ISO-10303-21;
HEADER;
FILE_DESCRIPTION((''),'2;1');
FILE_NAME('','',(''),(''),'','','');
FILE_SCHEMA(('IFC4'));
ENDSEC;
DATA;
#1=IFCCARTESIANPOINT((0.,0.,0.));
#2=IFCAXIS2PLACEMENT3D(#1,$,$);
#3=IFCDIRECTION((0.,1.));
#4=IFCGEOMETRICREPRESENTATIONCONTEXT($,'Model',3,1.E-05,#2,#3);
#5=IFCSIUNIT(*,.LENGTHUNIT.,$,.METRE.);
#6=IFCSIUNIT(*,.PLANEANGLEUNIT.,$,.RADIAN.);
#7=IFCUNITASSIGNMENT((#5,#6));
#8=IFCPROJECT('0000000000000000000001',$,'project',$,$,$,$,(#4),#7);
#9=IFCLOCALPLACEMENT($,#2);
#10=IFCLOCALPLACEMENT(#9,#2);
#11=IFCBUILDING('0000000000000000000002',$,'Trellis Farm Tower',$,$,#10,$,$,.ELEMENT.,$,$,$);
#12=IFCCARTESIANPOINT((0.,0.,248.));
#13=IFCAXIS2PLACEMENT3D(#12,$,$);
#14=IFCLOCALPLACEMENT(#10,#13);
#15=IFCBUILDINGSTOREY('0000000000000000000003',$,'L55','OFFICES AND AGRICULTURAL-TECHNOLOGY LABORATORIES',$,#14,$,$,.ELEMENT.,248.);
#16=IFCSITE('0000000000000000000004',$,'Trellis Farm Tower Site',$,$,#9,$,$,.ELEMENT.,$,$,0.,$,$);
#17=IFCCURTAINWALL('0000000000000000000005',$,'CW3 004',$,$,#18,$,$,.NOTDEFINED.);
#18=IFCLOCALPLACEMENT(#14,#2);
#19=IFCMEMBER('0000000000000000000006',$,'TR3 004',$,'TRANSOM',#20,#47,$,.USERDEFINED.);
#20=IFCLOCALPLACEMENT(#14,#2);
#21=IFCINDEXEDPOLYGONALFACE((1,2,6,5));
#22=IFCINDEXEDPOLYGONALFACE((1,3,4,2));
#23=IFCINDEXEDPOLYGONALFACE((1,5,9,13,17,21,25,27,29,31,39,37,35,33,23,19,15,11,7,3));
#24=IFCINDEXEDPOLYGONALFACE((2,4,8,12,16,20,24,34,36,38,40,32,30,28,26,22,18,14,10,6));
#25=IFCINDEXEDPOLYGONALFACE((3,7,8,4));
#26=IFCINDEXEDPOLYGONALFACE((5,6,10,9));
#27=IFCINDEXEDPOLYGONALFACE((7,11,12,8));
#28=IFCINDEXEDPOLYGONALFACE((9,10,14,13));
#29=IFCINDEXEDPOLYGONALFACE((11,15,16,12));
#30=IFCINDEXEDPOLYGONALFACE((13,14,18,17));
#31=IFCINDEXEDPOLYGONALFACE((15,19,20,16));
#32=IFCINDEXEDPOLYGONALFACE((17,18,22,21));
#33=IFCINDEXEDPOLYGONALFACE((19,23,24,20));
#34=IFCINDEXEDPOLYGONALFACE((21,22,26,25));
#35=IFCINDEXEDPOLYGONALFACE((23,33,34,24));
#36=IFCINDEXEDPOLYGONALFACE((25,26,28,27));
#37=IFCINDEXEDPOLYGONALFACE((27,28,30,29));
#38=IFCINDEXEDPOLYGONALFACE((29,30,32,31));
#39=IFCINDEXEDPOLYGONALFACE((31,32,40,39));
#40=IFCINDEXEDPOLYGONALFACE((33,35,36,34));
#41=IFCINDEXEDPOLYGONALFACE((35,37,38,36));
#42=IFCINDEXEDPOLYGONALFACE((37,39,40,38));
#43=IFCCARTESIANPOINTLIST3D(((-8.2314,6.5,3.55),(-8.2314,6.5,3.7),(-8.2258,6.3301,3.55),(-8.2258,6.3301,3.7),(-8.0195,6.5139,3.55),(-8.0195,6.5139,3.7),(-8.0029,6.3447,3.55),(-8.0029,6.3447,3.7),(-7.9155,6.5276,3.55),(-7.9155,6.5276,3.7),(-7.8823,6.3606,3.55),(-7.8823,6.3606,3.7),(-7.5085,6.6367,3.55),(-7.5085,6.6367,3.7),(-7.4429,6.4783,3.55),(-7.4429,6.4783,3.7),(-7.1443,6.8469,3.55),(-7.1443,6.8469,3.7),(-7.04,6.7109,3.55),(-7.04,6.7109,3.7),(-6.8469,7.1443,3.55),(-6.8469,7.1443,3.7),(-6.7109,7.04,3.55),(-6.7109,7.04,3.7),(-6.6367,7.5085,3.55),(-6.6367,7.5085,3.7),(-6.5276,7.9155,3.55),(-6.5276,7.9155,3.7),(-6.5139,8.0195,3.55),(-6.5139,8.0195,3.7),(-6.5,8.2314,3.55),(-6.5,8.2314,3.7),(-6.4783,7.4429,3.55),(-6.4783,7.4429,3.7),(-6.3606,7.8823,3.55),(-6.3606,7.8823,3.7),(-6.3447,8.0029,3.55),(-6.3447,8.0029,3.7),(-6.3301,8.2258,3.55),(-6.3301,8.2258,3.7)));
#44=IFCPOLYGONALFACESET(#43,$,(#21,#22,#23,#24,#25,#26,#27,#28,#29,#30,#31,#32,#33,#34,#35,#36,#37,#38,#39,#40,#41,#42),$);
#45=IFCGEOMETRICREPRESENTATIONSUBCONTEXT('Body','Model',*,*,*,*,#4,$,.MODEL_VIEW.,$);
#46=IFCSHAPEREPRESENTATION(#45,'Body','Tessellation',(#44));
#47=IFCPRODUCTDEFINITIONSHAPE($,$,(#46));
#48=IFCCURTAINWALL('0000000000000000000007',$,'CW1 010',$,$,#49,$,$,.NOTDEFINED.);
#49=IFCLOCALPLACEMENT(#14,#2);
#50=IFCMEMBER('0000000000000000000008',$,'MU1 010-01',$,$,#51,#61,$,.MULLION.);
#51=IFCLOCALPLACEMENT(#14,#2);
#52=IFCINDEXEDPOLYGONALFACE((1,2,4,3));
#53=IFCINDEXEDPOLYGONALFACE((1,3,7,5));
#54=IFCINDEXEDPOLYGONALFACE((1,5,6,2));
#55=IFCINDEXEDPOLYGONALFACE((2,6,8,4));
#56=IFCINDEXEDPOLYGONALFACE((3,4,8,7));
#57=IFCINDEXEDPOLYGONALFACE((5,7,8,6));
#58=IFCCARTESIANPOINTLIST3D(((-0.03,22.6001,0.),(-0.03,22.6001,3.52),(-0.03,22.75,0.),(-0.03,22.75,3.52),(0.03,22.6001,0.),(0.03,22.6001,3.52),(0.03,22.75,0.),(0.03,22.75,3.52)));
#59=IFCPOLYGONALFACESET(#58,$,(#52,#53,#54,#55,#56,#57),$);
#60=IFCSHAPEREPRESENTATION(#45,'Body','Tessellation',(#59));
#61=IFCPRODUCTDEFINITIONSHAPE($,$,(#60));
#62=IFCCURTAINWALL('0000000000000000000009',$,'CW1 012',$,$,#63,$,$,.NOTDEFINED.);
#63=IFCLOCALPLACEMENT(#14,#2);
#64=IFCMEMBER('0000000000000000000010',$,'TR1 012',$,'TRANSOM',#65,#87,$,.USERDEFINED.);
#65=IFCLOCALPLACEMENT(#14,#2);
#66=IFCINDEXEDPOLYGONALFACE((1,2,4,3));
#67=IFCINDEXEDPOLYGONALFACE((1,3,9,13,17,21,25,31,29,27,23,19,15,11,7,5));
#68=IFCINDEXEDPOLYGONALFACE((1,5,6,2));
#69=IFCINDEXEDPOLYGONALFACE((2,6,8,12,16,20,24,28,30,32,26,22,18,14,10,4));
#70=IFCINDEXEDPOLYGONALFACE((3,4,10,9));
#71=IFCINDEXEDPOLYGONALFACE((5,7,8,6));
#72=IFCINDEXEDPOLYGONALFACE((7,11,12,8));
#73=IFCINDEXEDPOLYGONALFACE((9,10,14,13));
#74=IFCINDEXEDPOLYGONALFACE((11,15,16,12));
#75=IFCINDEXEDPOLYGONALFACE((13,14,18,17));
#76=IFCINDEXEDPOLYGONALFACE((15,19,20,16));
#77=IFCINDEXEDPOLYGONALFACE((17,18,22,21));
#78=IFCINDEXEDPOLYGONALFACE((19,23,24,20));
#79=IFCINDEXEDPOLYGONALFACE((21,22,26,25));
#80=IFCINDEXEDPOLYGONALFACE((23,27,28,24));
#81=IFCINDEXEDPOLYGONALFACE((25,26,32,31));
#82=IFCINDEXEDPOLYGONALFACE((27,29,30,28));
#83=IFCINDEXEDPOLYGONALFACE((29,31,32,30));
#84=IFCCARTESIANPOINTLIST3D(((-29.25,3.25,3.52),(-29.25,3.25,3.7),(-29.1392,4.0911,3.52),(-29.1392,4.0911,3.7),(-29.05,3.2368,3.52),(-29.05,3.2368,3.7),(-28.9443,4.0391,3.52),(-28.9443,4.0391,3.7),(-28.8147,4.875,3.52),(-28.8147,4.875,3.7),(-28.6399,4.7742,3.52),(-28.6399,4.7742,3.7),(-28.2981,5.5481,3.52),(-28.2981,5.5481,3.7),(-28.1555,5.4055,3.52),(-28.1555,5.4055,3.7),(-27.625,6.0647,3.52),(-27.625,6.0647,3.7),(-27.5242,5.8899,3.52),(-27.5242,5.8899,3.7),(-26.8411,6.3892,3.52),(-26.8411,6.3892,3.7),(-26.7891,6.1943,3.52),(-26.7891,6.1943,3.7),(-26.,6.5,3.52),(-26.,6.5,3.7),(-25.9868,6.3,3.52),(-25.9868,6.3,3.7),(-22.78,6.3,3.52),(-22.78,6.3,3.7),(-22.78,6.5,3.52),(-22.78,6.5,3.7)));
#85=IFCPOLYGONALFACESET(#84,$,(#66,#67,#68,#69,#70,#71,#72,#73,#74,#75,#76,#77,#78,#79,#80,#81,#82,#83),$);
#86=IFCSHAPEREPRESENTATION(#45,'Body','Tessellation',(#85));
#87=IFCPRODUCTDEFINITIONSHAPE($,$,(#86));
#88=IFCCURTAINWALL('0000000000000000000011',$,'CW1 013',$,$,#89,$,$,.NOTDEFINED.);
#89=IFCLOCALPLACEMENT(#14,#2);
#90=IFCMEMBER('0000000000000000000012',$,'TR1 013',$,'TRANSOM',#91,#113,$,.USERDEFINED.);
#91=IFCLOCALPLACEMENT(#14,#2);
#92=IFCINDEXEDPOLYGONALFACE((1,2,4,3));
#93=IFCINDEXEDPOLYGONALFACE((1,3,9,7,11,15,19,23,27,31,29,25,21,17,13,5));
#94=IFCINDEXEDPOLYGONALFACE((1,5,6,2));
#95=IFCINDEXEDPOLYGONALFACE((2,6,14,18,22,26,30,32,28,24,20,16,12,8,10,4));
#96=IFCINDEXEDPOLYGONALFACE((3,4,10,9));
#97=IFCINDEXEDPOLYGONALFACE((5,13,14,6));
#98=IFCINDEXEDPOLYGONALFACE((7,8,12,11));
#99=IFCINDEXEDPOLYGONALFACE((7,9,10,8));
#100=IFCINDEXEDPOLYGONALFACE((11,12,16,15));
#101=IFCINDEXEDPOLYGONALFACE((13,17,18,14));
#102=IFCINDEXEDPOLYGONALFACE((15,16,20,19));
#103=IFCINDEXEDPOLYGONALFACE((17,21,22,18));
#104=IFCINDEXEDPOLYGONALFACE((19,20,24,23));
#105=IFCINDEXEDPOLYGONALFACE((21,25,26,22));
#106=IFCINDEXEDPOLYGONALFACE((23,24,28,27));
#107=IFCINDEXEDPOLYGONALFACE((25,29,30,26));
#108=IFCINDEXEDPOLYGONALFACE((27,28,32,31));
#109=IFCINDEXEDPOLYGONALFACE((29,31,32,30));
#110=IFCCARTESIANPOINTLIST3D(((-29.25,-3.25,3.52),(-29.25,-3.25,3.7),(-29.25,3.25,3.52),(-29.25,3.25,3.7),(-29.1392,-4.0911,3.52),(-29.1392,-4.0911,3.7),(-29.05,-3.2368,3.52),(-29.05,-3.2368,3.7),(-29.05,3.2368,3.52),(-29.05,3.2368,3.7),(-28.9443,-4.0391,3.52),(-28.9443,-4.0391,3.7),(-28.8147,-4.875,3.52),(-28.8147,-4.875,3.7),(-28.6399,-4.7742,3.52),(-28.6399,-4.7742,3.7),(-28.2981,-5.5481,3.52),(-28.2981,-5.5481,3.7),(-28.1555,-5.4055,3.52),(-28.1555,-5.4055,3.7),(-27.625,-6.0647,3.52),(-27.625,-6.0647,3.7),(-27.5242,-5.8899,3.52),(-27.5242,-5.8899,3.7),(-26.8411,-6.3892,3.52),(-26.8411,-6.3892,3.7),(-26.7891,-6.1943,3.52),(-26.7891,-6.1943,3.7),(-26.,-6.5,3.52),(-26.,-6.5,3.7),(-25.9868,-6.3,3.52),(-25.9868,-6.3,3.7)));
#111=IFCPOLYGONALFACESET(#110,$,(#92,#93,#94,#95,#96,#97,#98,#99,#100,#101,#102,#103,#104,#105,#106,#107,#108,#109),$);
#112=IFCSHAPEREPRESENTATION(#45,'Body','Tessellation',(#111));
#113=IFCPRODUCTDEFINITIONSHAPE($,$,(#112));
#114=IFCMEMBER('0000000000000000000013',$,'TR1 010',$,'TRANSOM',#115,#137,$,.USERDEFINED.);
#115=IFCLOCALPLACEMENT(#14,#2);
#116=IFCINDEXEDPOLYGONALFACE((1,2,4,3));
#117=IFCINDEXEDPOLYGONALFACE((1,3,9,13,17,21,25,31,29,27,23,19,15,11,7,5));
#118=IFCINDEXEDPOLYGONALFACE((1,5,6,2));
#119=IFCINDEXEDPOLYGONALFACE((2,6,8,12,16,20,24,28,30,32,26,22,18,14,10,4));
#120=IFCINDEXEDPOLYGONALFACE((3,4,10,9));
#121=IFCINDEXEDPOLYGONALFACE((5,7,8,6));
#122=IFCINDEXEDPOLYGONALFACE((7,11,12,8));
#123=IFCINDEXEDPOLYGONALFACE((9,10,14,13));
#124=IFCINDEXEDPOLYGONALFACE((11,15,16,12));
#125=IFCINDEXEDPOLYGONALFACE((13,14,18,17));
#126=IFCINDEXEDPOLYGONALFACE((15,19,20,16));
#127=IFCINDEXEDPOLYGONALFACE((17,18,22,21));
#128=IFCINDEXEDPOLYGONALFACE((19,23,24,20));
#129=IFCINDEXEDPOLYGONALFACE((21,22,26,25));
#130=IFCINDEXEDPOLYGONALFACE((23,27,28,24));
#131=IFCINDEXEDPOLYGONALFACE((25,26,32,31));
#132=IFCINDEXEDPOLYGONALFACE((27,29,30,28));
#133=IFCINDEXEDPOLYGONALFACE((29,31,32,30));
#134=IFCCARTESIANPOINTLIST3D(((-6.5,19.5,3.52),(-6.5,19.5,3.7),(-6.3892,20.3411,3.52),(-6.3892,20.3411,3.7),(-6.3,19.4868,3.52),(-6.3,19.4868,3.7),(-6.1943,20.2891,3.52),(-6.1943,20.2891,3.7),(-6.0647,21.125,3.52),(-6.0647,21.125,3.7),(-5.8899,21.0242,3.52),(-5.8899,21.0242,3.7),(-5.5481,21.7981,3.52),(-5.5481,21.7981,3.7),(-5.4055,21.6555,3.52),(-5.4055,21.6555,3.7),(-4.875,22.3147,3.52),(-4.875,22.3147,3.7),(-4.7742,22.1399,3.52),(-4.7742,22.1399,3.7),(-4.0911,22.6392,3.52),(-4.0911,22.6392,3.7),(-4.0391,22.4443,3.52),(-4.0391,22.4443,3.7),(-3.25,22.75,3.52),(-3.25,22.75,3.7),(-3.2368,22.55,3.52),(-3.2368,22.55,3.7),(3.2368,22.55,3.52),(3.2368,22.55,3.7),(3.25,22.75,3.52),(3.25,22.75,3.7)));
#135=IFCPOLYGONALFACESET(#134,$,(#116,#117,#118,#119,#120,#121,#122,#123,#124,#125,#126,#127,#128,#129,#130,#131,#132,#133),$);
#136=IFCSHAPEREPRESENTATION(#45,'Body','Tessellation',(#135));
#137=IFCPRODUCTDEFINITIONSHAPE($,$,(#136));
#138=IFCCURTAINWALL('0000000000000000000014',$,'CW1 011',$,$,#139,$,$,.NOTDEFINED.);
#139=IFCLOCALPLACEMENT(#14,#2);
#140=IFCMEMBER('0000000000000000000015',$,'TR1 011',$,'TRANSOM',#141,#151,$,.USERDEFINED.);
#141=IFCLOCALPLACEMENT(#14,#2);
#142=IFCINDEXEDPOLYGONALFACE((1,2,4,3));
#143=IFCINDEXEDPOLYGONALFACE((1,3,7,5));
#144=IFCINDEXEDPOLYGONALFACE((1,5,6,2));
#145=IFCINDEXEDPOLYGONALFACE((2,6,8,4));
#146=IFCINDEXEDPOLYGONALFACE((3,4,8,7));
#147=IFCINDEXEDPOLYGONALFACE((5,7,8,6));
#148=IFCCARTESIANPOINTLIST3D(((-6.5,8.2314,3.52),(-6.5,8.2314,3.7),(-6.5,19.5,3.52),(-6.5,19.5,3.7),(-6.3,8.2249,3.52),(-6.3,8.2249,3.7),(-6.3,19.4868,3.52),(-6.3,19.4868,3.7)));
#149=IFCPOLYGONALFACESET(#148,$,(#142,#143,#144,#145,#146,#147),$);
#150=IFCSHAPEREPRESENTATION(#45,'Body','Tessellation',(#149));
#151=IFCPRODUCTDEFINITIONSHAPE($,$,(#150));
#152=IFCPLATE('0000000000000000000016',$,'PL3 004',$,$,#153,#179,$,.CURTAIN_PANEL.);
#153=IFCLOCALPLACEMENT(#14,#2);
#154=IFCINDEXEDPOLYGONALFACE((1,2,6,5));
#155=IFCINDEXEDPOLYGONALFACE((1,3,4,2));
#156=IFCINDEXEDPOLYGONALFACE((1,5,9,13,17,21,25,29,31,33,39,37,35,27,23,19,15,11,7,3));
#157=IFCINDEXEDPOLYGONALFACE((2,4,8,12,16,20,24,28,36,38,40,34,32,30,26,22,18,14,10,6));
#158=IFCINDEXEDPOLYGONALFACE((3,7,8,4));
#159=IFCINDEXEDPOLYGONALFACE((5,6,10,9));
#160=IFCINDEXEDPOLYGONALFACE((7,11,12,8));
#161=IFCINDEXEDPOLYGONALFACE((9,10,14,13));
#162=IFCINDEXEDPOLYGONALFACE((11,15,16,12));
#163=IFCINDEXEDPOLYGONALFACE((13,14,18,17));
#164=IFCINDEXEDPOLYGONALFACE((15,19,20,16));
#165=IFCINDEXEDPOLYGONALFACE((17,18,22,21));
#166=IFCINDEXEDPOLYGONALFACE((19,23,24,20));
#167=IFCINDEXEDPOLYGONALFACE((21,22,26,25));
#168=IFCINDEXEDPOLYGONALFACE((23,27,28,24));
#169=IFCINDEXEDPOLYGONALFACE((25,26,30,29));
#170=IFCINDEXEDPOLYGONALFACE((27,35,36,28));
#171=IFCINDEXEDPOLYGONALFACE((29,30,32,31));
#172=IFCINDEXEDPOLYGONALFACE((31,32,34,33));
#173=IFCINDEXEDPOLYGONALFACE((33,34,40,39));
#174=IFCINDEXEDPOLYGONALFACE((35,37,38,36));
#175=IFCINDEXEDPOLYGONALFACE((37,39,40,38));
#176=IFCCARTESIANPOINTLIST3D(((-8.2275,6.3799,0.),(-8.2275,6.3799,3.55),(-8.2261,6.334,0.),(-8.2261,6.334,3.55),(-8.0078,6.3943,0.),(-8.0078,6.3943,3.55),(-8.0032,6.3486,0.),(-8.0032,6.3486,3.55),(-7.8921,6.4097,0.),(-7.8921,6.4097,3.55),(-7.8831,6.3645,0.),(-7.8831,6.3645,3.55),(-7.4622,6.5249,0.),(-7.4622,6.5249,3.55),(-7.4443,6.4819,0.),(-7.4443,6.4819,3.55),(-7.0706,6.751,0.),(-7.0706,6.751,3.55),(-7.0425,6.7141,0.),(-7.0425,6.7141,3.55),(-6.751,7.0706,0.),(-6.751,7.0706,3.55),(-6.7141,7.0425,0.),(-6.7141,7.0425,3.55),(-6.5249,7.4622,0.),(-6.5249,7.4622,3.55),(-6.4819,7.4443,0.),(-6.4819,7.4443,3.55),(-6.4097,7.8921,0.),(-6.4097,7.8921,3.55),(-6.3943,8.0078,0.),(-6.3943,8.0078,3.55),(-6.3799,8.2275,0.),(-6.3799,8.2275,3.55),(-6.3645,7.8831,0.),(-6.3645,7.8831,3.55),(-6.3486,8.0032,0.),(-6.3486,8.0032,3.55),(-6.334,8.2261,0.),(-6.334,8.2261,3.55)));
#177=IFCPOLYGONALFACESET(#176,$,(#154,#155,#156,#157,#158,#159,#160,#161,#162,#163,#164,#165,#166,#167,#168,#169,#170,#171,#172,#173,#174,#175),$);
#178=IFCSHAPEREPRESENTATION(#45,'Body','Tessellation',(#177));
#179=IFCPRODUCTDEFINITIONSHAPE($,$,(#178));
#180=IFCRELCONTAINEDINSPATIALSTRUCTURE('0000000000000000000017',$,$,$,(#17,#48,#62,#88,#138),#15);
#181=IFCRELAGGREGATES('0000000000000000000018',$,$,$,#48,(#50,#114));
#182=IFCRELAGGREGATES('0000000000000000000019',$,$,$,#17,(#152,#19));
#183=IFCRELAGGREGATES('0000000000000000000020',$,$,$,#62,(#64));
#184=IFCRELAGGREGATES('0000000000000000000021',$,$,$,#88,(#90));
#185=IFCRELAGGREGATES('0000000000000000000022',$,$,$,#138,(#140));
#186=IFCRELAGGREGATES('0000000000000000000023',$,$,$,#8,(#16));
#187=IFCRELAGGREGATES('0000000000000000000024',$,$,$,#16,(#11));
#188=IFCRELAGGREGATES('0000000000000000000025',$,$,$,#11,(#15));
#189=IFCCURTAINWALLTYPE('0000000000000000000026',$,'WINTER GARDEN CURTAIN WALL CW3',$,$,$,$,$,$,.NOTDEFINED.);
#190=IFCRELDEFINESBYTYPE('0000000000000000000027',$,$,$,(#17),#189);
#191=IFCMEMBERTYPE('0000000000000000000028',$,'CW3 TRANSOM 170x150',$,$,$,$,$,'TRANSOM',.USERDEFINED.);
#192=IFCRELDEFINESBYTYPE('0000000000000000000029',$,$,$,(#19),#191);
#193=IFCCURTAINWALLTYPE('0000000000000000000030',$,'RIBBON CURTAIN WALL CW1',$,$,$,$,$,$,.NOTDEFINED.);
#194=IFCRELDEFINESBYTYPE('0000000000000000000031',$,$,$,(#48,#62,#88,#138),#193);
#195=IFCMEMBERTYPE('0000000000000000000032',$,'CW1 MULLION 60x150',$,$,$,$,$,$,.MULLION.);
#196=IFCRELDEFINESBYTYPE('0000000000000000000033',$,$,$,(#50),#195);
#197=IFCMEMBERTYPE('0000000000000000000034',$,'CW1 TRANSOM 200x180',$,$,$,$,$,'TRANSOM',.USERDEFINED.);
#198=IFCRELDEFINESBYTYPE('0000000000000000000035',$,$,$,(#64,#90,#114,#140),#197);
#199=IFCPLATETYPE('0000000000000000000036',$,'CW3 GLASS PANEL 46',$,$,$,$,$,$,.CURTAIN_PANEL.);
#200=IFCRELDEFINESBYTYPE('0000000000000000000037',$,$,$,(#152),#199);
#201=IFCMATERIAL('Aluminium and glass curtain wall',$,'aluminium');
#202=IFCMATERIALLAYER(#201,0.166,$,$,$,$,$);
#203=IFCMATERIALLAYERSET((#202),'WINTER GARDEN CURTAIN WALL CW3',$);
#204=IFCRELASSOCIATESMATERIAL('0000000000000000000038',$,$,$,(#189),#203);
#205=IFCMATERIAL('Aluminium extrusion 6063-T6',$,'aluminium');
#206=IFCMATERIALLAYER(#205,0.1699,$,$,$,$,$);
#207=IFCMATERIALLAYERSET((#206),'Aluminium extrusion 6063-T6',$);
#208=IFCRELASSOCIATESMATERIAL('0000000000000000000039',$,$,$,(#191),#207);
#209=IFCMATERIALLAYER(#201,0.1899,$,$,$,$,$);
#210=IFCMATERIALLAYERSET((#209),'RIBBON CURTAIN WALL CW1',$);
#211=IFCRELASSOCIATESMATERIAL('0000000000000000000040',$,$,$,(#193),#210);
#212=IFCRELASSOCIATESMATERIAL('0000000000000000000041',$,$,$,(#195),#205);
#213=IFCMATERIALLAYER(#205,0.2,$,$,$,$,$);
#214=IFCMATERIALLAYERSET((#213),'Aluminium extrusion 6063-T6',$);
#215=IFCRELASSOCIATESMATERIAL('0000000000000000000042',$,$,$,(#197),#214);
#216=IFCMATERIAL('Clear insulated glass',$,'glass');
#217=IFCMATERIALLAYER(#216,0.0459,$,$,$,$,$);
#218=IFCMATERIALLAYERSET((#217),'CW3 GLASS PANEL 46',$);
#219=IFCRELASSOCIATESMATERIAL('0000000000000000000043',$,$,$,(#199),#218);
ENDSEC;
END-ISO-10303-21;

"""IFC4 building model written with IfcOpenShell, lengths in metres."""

from ifc_helpers import new_model, si_unit, direction, frame, origin, origin_2d, place, context, subcontext, project, spatial, polyline, rectangle, outline, extrude, source, transform, mapped, material, layer, layer_set, material_profile, profile_set, type_object, element, aggregate, save


model = new_model("IFC4")

# Units and contexts
model_context = context("Model", 3, precision=1e-05, world=origin(), true_north=direction((0.0, 1.0)))
body_context = subcontext(model_context, "Body", "Model", "MODEL_VIEW")
ifc_project = project(units=[si_unit("LENGTHUNIT", "METRE"), si_unit("PLANEANGLEUNIT", "RADIAN")], contexts=[model_context])

# Site, building, storey
site_placement = place(None, origin())
site = spatial("IfcSite", under=ifc_project, at=site_placement, Name="Trellis Farm Tower Site", CompositionType="ELEMENT", RefElevation=0.0)
building_placement = place(site_placement, origin())
building = spatial("IfcBuilding", under=site, at=building_placement, Name="Trellis Farm Tower", CompositionType="ELEMENT")
storey_placement = place(building_placement, frame((0.0, 0.0, 248.0)))
storey = spatial("IfcBuildingStorey", under=building, at=storey_placement, Name="L55", Description="OFFICES AND AGRICULTURAL-TECHNOLOGY LABORATORIES", CompositionType="ELEMENT", Elevation=248.0)

# Curtain walls, members
ifc_material_1 = material(Name="Aluminium and glass curtain wall", Category="aluminium")
ifc_layer_1 = layer(ifc_material_1, 0.166)
ifc_layer_set_1 = layer_set([ifc_layer_1], Name="WINTER GARDEN CURTAIN WALL CW3")
curtain_wall_type_1 = type_object("IfcCurtainWallType", Name="WINTER GARDEN CURTAIN WALL CW3", PredefinedType="NOTDEFINED", material=ifc_layer_set_1)
placement_1 = place(storey_placement, origin())
curtain_wall_1 = element("IfcCurtainWall", 1, at=placement_1, inside=storey, type_object=curtain_wall_type_1, Name="CW3 004", PredefinedType="NOTDEFINED")
ifc_material_2 = material(Name="Aluminium extrusion 6063-T6", Category="aluminium")
ifc_layer_2 = layer(ifc_material_2, 0.1699)
ifc_layer_set_2 = layer_set([ifc_layer_2], Name="Aluminium extrusion 6063-T6")
member_type_1 = type_object("IfcMemberType", Name="CW3 TRANSOM 170x150", ElementType="TRANSOM", PredefinedType="USERDEFINED", material=ifc_layer_set_2)
shared_shape_1 = source(origin(), body_context, "Body", "SweptSolid", [
    extrude(outline(polyline([(-6.5, 8.2314), (-6.5139, 8.0195), (-6.5276, 7.9155), (-6.6367, 7.5085), (-6.8469, 7.1443), (-7.1443, 6.8469), (-7.5085, 6.6367), (-7.9155, 6.5276), (-8.0195, 6.5139), (-8.2314, 6.5), (-8.2258, 6.3301), (-8.0029, 6.3447), (-7.8823, 6.3606), (-7.4429, 6.4783), (-7.04, 6.7109), (-6.7109, 7.04), (-6.4783, 7.4429), (-6.3606, 7.8823), (-6.3447, 8.0029), (-6.3301, 8.2258), (-6.5, 8.2314)])), origin(), (0.0, 0.0, 1.0), 0.1499),
])
member_1_placement = place(storey_placement, frame((0.0, 0.0, 3.55)))
member_1 = element("IfcMember", 2, at=member_1_placement, type_object=member_type_1, Name="TR3 004", ObjectType="TRANSOM", PredefinedType="USERDEFINED", context=body_context, shape_type="MappedRepresentation", body=[
    mapped(shared_shape_1, transform((0.0, 0.0, 0.0))),
])
ifc_layer_3 = layer(ifc_material_1, 0.1899)
ifc_layer_set_3 = layer_set([ifc_layer_3], Name="RIBBON CURTAIN WALL CW1")
curtain_wall_type_2 = type_object("IfcCurtainWallType", Name="RIBBON CURTAIN WALL CW1", PredefinedType="NOTDEFINED", material=ifc_layer_set_3)
curtain_wall_2 = element("IfcCurtainWall", 3, at=placement_1, inside=storey, type_object=curtain_wall_type_2, Name="CW1 010", PredefinedType="NOTDEFINED")
ifc_material_profile = material_profile(ifc_material_2, rectangle(XDim=0.0601, YDim=0.1499, at=origin_2d()), Name="MULLION 60x150")
ifc_profile_set = profile_set([ifc_material_profile], Name="Aluminium extrusion 6063-T6")
member_type_2 = type_object("IfcMemberType", Name="CW1 MULLION 60x150", PredefinedType="MULLION", material=ifc_profile_set)
shared_shape_2 = source(origin(), body_context, "Body", "SweptSolid", [
    extrude(rectangle(XDim=0.0601, YDim=0.1499, at=origin_2d()), origin(), (0.0, 0.0, 1.0), 3.52),
])
member_2_placement = place(storey_placement, frame((0.0, 22.675, 0.0), z_axis=(0.0, 0.0, 1.0), x_axis=(-1.0, 0.0, 0.0)))
member_2 = element("IfcMember", 4, at=member_2_placement, type_object=member_type_2, Name="MU1 010-01", PredefinedType="MULLION", context=body_context, shape_type="MappedRepresentation", body=[
    mapped(shared_shape_2, transform((0.0, 0.0, 0.0))),
])
curtain_wall_3 = element("IfcCurtainWall", 5, at=placement_1, inside=storey, type_object=curtain_wall_type_2, Name="CW1 012", PredefinedType="NOTDEFINED")
ifc_layer_4 = layer(ifc_material_2, 0.2)
ifc_layer_set_4 = layer_set([ifc_layer_4], Name="Aluminium extrusion 6063-T6")
member_type_3 = type_object("IfcMemberType", Name="CW1 TRANSOM 200x180", ElementType="TRANSOM", PredefinedType="USERDEFINED", material=ifc_layer_set_4)
shared_shape_3 = source(origin(), body_context, "Body", "SweptSolid", [
    extrude(outline(polyline([(-22.78, 6.5), (-26.0, 6.5), (-26.8411, 6.3892), (-27.625, 6.0647), (-28.2981, 5.5481), (-28.8147, 4.875), (-29.1392, 4.0911), (-29.25, 3.25), (-29.05, 3.2368), (-28.9443, 4.0391), (-28.6399, 4.7742), (-28.1555, 5.4055), (-27.5242, 5.8899), (-26.7891, 6.1943), (-25.9868, 6.3), (-22.78, 6.3), (-22.78, 6.5)])), origin(), (0.0, 0.0, 1.0), 0.1799),
])
placement_2 = place(storey_placement, frame((0.0, 0.0, 3.52)))
member_3 = element("IfcMember", 6, at=placement_2, type_object=member_type_3, Name="TR1 012", ObjectType="TRANSOM", PredefinedType="USERDEFINED", context=body_context, shape_type="MappedRepresentation", body=[
    mapped(shared_shape_3, transform((0.0, 0.0, 0.0))),
])
curtain_wall_4 = element("IfcCurtainWall", 7, at=placement_1, inside=storey, type_object=curtain_wall_type_2, Name="CW1 013", PredefinedType="NOTDEFINED")
shared_shape_4 = source(origin(), body_context, "Body", "SweptSolid", [
    extrude(outline(polyline([(-29.25, 3.25), (-29.25, -3.25), (-29.1392, -4.0911), (-28.8147, -4.875), (-28.2981, -5.5481), (-27.625, -6.0647), (-26.8411, -6.3892), (-26.0, -6.5), (-25.9868, -6.3), (-26.7891, -6.1943), (-27.5242, -5.8899), (-28.1555, -5.4055), (-28.6399, -4.7742), (-28.9443, -4.0391), (-29.05, -3.2368), (-29.05, 3.2368), (-29.25, 3.25)])), origin(), (0.0, 0.0, 1.0), 0.1799),
])
member_4 = element("IfcMember", 8, at=placement_2, type_object=member_type_3, Name="TR1 013", ObjectType="TRANSOM", PredefinedType="USERDEFINED", context=body_context, shape_type="MappedRepresentation", body=[
    mapped(shared_shape_4, transform((0.0, 0.0, 0.0))),
])

# Member
shared_shape_5 = source(origin(), body_context, "Body", "SweptSolid", [
    extrude(outline(polyline([(3.25, 22.75), (-3.25, 22.75), (-4.0911, 22.6392), (-4.875, 22.3147), (-5.5481, 21.7981), (-6.0647, 21.125), (-6.3892, 20.3411), (-6.5, 19.5), (-6.3, 19.4868), (-6.1943, 20.2891), (-5.8899, 21.0242), (-5.4055, 21.6555), (-4.7742, 22.1399), (-4.0391, 22.4443), (-3.2368, 22.55), (3.2368, 22.55), (3.25, 22.75)])), origin(), (0.0, 0.0, 1.0), 0.1799),
])
member_5 = element("IfcMember", 9, at=placement_2, type_object=member_type_3, Name="TR1 010", ObjectType="TRANSOM", PredefinedType="USERDEFINED", context=body_context, shape_type="MappedRepresentation", body=[
    mapped(shared_shape_5, transform((0.0, 0.0, 0.0))),
])
aggregate(curtain_wall_2, [member_2, member_5])

# Curtain wall, member
curtain_wall_5 = element("IfcCurtainWall", 10, at=placement_1, inside=storey, type_object=curtain_wall_type_2, Name="CW1 011", PredefinedType="NOTDEFINED")
shared_shape_6 = source(origin(), body_context, "Body", "SweptSolid", [
    extrude(outline(polyline([(-6.5, 19.5), (-6.5, 8.2314), (-6.3, 8.2249), (-6.3, 19.4868), (-6.5, 19.5)])), origin(), (0.0, 0.0, 1.0), 0.1799),
])
member_6 = element("IfcMember", 11, at=placement_2, type_object=member_type_3, Name="TR1 011", ObjectType="TRANSOM", PredefinedType="USERDEFINED", context=body_context, shape_type="MappedRepresentation", body=[
    mapped(shared_shape_6, transform((0.0, 0.0, 0.0))),
])

# Plate
ifc_material_3 = material(Name="Clear insulated glass", Category="glass")
ifc_layer_5 = layer(ifc_material_3, 0.0459)
ifc_layer_set_5 = layer_set([ifc_layer_5], Name="CW3 GLASS PANEL 46")
plate_type_1 = type_object("IfcPlateType", Name="CW3 GLASS PANEL 46", PredefinedType="CURTAIN_PANEL", material=ifc_layer_set_5)
shared_shape_7 = source(origin(), body_context, "Body", "SweptSolid", [
    extrude(outline(polyline([(-6.3799, 8.2275), (-6.3943, 8.0078), (-6.4097, 7.8921), (-6.5249, 7.4622), (-6.751, 7.0706), (-7.0706, 6.751), (-7.4622, 6.5249), (-7.8921, 6.4097), (-8.0078, 6.3943), (-8.2275, 6.3799), (-8.2261, 6.334), (-8.0032, 6.3486), (-7.8831, 6.3645), (-7.4443, 6.4819), (-7.0425, 6.7141), (-6.7141, 7.0425), (-6.4819, 7.4443), (-6.3645, 7.8831), (-6.3486, 8.0032), (-6.334, 8.2261), (-6.3799, 8.2275)])), origin(), (0.0, 0.0, 1.0), 3.55),
])
plate_1 = element("IfcPlate", 12, at=placement_1, type_object=plate_type_1, Name="PL3 004", PredefinedType="CURTAIN_PANEL", context=body_context, shape_type="MappedRepresentation", body=[
    mapped(shared_shape_7, transform((0.0, 0.0, 0.0))),
])
aggregate(curtain_wall_1, [plate_1, member_1])
aggregate(curtain_wall_3, [member_3])
aggregate(curtain_wall_4, [member_4])
aggregate(curtain_wall_5, [member_6])

save(model, "model.ifc")
